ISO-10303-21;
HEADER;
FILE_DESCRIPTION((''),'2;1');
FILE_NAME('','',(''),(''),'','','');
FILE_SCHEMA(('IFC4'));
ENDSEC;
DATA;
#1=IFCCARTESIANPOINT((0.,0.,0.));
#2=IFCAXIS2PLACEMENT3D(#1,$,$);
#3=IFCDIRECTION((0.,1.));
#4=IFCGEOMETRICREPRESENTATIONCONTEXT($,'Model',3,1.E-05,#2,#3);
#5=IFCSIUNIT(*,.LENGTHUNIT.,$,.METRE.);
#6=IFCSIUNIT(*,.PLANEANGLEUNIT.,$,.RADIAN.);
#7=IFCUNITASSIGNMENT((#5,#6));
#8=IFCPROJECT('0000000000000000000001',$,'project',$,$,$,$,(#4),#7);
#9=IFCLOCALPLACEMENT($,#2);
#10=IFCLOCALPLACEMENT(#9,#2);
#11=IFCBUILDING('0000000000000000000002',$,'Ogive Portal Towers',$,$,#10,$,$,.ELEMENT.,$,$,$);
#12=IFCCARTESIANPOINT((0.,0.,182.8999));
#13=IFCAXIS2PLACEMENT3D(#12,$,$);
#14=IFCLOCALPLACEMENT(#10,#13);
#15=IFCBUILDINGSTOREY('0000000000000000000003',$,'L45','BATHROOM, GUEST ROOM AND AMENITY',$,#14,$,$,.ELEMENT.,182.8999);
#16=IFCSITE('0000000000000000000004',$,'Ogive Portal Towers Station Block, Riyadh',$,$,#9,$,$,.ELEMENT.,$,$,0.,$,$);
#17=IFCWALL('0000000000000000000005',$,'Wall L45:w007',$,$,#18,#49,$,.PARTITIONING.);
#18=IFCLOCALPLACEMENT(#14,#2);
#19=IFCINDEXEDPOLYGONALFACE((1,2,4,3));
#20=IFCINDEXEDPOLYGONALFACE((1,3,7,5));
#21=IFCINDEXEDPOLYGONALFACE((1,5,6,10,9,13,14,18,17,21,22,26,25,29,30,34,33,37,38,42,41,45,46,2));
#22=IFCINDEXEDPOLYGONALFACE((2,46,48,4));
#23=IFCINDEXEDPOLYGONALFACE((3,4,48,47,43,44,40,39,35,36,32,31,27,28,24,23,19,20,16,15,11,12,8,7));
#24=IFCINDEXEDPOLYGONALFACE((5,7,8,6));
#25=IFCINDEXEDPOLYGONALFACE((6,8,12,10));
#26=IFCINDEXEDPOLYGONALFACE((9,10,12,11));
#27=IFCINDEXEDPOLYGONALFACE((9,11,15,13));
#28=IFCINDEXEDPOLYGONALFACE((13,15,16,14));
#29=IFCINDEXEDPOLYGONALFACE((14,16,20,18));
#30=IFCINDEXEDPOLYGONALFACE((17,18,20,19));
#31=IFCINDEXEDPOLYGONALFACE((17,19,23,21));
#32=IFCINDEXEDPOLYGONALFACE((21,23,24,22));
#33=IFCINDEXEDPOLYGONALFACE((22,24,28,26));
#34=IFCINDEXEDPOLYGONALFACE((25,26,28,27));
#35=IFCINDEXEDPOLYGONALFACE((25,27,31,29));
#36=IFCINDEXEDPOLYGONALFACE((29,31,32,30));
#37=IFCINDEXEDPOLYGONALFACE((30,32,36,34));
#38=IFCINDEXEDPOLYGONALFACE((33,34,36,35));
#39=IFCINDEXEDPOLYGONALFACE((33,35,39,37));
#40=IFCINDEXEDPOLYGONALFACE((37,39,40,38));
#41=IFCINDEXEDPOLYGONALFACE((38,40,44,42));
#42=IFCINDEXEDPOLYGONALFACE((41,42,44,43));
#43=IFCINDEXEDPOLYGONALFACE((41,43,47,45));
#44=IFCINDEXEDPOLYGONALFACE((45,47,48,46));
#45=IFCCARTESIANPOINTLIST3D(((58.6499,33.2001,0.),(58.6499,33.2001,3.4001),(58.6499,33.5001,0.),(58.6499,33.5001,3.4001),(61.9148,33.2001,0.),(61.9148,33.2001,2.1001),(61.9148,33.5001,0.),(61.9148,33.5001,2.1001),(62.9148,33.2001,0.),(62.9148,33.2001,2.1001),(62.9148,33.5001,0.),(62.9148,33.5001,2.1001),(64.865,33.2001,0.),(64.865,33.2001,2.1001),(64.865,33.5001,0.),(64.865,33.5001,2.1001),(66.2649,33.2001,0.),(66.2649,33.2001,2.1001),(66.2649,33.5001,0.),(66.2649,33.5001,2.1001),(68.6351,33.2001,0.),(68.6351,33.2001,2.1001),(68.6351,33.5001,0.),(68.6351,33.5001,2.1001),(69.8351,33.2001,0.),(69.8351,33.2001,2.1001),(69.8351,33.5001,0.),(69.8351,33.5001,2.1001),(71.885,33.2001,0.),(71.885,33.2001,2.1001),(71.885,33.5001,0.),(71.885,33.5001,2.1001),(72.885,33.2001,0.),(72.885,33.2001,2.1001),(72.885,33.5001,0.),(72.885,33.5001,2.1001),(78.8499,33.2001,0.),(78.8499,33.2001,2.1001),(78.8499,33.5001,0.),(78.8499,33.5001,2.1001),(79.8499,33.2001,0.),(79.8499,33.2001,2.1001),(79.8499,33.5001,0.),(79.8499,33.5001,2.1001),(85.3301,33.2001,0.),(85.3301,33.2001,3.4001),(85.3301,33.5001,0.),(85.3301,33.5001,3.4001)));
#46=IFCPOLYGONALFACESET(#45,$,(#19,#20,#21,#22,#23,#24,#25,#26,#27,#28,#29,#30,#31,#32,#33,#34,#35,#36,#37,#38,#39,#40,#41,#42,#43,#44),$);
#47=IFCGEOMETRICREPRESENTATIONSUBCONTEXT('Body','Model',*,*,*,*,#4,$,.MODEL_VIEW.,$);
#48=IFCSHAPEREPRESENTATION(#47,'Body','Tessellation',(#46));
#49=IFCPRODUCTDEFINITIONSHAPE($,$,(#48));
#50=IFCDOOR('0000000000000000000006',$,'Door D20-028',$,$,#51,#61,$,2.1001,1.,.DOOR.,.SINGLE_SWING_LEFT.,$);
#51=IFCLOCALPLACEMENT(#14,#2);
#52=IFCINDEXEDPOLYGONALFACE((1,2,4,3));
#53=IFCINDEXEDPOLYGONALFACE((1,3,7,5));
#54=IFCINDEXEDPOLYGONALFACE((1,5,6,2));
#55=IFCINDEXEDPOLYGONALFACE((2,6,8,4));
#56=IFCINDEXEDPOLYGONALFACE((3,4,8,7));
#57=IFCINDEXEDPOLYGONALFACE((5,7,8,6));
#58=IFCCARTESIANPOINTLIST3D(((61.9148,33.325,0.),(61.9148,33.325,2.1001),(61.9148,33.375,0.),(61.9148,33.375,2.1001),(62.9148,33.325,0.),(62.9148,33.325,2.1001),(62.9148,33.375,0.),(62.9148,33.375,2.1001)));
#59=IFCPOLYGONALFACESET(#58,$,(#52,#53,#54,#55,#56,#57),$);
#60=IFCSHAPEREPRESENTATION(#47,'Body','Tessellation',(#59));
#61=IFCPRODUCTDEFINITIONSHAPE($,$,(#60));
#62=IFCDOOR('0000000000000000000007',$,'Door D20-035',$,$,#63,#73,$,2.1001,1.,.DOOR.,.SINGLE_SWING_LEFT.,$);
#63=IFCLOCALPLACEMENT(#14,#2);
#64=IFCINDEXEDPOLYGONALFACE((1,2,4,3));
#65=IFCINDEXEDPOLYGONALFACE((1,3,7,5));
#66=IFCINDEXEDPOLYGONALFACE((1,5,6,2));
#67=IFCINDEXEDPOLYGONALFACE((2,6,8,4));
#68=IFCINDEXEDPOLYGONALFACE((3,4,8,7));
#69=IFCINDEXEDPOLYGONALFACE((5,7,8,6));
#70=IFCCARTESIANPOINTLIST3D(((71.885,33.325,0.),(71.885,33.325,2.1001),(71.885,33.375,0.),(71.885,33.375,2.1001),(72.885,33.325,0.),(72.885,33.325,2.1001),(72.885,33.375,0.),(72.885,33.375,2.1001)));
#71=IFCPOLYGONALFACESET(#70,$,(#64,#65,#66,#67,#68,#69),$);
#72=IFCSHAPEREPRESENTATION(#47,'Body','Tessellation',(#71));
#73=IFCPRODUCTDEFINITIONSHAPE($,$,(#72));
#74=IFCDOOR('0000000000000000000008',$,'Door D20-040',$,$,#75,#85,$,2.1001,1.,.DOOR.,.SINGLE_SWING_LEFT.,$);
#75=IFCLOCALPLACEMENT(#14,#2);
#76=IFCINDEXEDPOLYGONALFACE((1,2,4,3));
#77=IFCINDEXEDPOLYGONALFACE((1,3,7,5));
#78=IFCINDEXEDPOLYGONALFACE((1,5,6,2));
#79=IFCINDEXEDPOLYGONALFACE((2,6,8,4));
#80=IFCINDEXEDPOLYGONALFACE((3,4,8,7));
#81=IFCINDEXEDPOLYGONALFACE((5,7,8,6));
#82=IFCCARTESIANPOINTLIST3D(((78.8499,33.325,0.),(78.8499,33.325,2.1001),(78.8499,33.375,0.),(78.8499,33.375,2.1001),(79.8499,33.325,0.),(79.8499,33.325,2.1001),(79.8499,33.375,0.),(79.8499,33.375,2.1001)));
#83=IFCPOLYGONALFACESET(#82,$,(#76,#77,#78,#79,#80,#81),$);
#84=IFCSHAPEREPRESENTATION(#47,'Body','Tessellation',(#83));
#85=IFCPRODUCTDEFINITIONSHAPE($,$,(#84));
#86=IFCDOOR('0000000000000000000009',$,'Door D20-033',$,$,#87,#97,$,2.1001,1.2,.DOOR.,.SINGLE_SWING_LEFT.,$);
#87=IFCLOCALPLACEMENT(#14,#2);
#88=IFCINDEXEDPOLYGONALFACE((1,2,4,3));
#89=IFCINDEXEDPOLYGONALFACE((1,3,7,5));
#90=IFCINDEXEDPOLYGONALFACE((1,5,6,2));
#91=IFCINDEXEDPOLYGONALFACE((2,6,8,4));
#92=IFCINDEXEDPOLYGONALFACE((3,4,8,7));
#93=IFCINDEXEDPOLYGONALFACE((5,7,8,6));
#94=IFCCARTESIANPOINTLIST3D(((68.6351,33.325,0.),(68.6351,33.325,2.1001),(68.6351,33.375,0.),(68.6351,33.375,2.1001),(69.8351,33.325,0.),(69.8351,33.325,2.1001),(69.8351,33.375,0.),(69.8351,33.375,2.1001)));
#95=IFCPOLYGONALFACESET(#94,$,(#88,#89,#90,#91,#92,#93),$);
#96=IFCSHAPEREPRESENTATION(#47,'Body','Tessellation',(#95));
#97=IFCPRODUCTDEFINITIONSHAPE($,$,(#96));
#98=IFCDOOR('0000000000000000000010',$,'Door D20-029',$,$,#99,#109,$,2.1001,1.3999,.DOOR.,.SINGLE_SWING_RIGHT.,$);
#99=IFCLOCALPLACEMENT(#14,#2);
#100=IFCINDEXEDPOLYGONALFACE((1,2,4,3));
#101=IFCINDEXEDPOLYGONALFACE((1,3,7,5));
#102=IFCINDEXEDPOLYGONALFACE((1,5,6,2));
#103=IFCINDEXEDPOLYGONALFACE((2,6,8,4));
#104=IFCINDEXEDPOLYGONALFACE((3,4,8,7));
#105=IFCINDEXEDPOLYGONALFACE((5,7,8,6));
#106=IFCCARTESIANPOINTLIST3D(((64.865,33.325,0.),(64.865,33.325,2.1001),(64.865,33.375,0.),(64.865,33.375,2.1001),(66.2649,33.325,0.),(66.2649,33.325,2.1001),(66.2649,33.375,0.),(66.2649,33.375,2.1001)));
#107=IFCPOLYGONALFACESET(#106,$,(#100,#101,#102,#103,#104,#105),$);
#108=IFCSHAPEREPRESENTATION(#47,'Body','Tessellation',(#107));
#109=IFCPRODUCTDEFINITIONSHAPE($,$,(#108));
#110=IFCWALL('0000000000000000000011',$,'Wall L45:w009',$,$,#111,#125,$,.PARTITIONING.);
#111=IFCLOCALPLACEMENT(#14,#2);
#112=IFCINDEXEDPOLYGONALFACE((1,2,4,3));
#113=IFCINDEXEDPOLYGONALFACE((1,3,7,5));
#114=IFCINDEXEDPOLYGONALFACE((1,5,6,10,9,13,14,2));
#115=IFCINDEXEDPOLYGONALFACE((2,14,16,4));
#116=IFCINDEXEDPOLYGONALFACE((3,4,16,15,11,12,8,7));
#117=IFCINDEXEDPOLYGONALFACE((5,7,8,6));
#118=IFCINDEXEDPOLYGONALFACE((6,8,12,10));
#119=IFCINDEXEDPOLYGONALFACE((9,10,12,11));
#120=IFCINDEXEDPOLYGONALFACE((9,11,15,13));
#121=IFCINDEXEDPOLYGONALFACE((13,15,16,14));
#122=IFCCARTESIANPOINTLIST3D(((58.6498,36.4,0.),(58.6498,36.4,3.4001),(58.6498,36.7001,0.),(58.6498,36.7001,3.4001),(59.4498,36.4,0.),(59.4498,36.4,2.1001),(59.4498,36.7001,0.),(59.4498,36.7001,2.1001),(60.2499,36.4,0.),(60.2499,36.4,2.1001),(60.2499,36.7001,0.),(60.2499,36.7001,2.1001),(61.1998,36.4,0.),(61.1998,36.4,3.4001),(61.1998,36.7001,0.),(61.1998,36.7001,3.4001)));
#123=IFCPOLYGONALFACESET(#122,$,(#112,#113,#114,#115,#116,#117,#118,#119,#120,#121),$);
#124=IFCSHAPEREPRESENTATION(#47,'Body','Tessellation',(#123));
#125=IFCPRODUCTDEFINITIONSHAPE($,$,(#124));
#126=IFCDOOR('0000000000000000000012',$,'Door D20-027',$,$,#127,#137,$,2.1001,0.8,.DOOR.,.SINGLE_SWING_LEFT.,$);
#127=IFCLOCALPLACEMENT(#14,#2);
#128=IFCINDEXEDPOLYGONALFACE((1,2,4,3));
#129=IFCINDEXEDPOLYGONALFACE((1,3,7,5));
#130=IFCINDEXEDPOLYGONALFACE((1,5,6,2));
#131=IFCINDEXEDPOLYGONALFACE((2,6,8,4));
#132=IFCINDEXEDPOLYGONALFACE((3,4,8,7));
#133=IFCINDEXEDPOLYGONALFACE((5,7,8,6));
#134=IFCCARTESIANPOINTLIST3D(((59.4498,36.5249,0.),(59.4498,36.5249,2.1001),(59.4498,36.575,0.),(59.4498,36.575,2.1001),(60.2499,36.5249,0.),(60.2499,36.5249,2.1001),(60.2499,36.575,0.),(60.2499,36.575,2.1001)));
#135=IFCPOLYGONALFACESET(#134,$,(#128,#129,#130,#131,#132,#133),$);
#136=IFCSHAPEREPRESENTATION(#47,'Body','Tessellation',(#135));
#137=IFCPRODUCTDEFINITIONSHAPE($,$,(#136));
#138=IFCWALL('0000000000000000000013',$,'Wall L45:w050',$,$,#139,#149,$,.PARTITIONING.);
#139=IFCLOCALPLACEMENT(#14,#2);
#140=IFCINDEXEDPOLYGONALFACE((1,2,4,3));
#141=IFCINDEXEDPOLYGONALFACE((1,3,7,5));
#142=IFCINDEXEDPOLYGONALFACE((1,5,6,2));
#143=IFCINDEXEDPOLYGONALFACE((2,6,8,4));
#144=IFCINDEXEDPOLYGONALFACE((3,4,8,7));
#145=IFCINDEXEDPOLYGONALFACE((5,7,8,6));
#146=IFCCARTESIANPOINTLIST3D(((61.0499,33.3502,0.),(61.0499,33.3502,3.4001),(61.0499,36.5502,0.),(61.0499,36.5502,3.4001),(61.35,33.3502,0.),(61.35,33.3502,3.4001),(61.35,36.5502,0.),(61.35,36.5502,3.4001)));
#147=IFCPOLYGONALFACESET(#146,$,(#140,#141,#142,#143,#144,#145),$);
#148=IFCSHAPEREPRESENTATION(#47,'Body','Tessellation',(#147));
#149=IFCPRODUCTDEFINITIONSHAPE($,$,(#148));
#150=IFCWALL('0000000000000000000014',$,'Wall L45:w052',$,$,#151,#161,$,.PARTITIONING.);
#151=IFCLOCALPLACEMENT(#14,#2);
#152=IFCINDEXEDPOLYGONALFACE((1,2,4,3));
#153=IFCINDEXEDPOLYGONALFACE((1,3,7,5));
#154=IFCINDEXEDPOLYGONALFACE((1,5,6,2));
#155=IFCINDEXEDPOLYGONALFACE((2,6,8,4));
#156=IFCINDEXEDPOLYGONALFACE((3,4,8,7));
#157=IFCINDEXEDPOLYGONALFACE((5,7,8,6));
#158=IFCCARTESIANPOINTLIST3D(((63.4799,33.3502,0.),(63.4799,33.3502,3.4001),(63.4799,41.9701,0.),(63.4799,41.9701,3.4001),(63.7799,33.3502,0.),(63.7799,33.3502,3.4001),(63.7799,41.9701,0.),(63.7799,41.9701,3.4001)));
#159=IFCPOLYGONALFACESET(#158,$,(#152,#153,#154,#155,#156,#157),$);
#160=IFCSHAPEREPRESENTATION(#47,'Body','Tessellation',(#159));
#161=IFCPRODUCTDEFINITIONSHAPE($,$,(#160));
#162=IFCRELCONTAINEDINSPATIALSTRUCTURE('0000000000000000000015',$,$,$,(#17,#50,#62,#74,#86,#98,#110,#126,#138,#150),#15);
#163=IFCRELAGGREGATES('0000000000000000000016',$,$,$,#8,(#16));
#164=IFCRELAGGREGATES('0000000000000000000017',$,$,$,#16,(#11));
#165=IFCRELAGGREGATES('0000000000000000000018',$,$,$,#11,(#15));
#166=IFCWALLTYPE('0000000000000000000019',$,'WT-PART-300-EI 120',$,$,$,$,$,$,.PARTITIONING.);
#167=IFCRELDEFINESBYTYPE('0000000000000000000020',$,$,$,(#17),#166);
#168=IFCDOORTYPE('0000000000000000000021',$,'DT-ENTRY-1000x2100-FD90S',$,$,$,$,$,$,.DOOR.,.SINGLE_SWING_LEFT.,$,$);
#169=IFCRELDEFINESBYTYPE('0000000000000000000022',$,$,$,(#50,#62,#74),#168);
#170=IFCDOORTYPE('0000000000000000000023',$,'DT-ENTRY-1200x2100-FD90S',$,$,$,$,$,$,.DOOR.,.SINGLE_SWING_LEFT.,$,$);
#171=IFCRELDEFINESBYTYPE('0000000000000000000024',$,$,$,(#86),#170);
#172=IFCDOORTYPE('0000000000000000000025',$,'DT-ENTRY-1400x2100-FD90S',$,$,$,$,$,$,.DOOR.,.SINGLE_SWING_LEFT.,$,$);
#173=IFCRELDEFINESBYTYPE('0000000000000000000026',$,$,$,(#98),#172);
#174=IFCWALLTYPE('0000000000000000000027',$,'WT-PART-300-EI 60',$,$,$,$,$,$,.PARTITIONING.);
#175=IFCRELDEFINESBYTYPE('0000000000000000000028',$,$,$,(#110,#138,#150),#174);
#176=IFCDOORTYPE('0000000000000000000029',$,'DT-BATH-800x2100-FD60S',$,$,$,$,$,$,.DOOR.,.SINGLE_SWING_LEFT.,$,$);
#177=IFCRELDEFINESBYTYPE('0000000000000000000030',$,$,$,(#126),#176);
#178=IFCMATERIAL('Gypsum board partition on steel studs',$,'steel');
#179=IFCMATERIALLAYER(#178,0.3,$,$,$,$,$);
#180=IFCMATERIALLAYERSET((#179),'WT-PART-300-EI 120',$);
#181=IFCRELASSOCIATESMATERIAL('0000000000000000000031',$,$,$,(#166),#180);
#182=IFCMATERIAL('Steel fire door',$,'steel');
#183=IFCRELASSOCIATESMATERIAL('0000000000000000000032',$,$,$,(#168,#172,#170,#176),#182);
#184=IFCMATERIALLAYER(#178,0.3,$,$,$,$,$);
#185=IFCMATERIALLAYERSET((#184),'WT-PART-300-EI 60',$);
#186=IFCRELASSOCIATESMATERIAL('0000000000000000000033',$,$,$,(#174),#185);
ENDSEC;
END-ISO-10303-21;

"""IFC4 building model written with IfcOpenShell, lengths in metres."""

from ifc_helpers import new_model, si_unit, direction, frame, frame_2d, origin, place, context, subcontext, project, spatial, rectangle, extrude, material, layer, layer_set, type_object, element, fill, save


model = new_model("IFC4")

# Units and contexts
model_context = context("Model", 3, precision=1e-05, world=origin(), true_north=direction((0.0, 1.0)))
body_context = subcontext(model_context, "Body", "Model", "MODEL_VIEW")
ifc_project = project(units=[si_unit("LENGTHUNIT", "METRE"), si_unit("PLANEANGLEUNIT", "RADIAN")], contexts=[model_context])

# Site, building, storey
site_placement = place(None, origin())
site = spatial("IfcSite", under=ifc_project, at=site_placement, Name="Ogive Portal Towers Station Block, Riyadh", CompositionType="ELEMENT", RefElevation=0.0)
building_placement = place(site_placement, origin())
building = spatial("IfcBuilding", under=site, at=building_placement, Name="Ogive Portal Towers", CompositionType="ELEMENT")
storey_placement = place(building_placement, frame((0.0, 0.0, 182.8999)))
storey = spatial("IfcBuildingStorey", under=building, at=storey_placement, Name="L45", Description="BATHROOM, GUEST ROOM AND AMENITY", CompositionType="ELEMENT", Elevation=182.8999)

# Wall, openings, doors
ifc_material_1 = material(Name="Gypsum board partition on steel studs", Category="steel")
ifc_layer_1 = layer(ifc_material_1, 0.3)
ifc_layer_set_1 = layer_set([ifc_layer_1], Name="WT-PART-300-EI 120")
wall_type_1 = type_object("IfcWallType", Name="WT-PART-300-EI 120", PredefinedType="PARTITIONING", material=ifc_layer_set_1)
ifc_material_2 = material(Name="Steel fire door", Category="steel")
door_type_1 = type_object("IfcDoorType", Name="DT-ENTRY-1000x2100-FD90S", OperationType="SINGLE_SWING_LEFT", PredefinedType="DOOR", material=ifc_material_2)
door_type_2 = type_object("IfcDoorType", Name="DT-ENTRY-1400x2100-FD90S", OperationType="SINGLE_SWING_LEFT", PredefinedType="DOOR", material=ifc_material_2)
wall_1_placement = place(storey_placement, frame((58.6499, 33.3501, 0.0), z_axis=(0.0, 0.0, 1.0), x_axis=(1.0, 0.0, 0.0)))
wall_1 = element("IfcWall", 1, at=wall_1_placement, inside=storey, type_object=wall_type_1, Name="Wall L45:w007", PredefinedType="PARTITIONING", context=body_context, shape_type="SweptSolid", body=[
    extrude(rectangle(XDim=26.6802, YDim=0.3, at=frame_2d((13.3401, 0.0))), origin(), (0.0, 0.0, 1.0), 3.4001),
])
opening_1_placement = place(wall_1_placement, frame((3.2649, 0.0, 0.0)))
opening_1 = element("IfcOpeningElement", 2, at=opening_1_placement, cuts=wall_1, PredefinedType="OPENING", context=body_context, shape_type="SweptSolid", body=[
    extrude(rectangle(XDim=1.0, YDim=2.1001, at=frame_2d((0.5, 1.05))), frame((0.0, 0.1602, 0.0), z_axis=(0.0, -1.0, 0.0), x_axis=(1.0, 0.0, 0.0)), (0.0, 0.0, 1.0), 0.3201),
])
opening_2_placement = place(wall_1_placement, frame((6.2151, 0.0, 0.0)))
opening_2 = element("IfcOpeningElement", 3, at=opening_2_placement, cuts=wall_1, PredefinedType="OPENING", context=body_context, shape_type="SweptSolid", body=[
    extrude(rectangle(XDim=1.3999, YDim=2.1001, at=frame_2d((0.7, 1.05))), frame((0.0, 0.1602, 0.0), z_axis=(0.0, -1.0, 0.0), x_axis=(1.0, 0.0, 0.0)), (0.0, 0.0, 1.0), 0.3201),
])
opening_3_placement = place(wall_1_placement, frame((9.9851, 0.0, 0.0)))
opening_3 = element("IfcOpeningElement", 4, at=opening_3_placement, cuts=wall_1, PredefinedType="OPENING", context=body_context, shape_type="SweptSolid", body=[
    extrude(rectangle(XDim=1.2, YDim=2.1001, at=frame_2d((0.6001, 1.05))), frame((0.0, 0.1602, 0.0), z_axis=(0.0, -1.0, 0.0), x_axis=(1.0, 0.0, 0.0)), (0.0, 0.0, 1.0), 0.3201),
])
opening_4_placement = place(wall_1_placement, frame((13.2351, 0.0, 0.0)))
opening_4 = element("IfcOpeningElement", 5, at=opening_4_placement, cuts=wall_1, PredefinedType="OPENING", context=body_context, shape_type="SweptSolid", body=[
    extrude(rectangle(XDim=1.0, YDim=2.1001, at=frame_2d((0.5, 1.05))), frame((0.0, 0.1602, 0.0), z_axis=(0.0, -1.0, 0.0), x_axis=(1.0, 0.0, 0.0)), (0.0, 0.0, 1.0), 0.3201),
])
opening_5_placement = place(wall_1_placement, frame((20.2, 0.0, 0.0)))
opening_5 = element("IfcOpeningElement", 6, at=opening_5_placement, cuts=wall_1, PredefinedType="OPENING", context=body_context, shape_type="SweptSolid", body=[
    extrude(rectangle(XDim=1.0, YDim=2.1001, at=frame_2d((0.5, 1.05))), frame((0.0, 0.1602, 0.0), z_axis=(0.0, -1.0, 0.0), x_axis=(1.0, 0.0, 0.0)), (0.0, 0.0, 1.0), 0.3201),
])
door_1_placement = place(opening_1_placement, origin())
door_1 = element("IfcDoor", 7, at=door_1_placement, inside=storey, type_object=door_type_1, Name="Door D20-028", OperationType="SINGLE_SWING_LEFT", OverallHeight=2.1001, OverallWidth=1.0, PredefinedType="DOOR", context=body_context, shape_type="SweptSolid", body=[
    extrude(rectangle(XDim=1.0, YDim=2.1001, at=frame_2d((0.5, 1.05))), frame((0.0, 0.0249, 0.0), z_axis=(0.0, -1.0, 0.0), x_axis=(1.0, 0.0, 0.0)), (0.0, 0.0, 1.0), 0.05),
])
fill(opening_1, door_1)
door_2_placement = place(opening_4_placement, origin())
door_2 = element("IfcDoor", 8, at=door_2_placement, inside=storey, type_object=door_type_1, Name="Door D20-035", OperationType="SINGLE_SWING_LEFT", OverallHeight=2.1001, OverallWidth=1.0, PredefinedType="DOOR", context=body_context, shape_type="SweptSolid", body=[
    extrude(rectangle(XDim=1.0, YDim=2.1001, at=frame_2d((0.5, 1.05))), frame((0.0, 0.0249, 0.0), z_axis=(0.0, -1.0, 0.0), x_axis=(1.0, 0.0, 0.0)), (0.0, 0.0, 1.0), 0.05),
])
fill(opening_4, door_2)
door_3_placement = place(opening_5_placement, origin())
door_3 = element("IfcDoor", 9, at=door_3_placement, inside=storey, type_object=door_type_1, Name="Door D20-040", OperationType="SINGLE_SWING_LEFT", OverallHeight=2.1001, OverallWidth=1.0, PredefinedType="DOOR", context=body_context, shape_type="SweptSolid", body=[
    extrude(rectangle(XDim=1.0, YDim=2.1001, at=frame_2d((0.5, 1.05))), frame((0.0, 0.0249, 0.0), z_axis=(0.0, -1.0, 0.0), x_axis=(1.0, 0.0, 0.0)), (0.0, 0.0, 1.0), 0.05),
])
fill(opening_5, door_3)
door_type_3 = type_object("IfcDoorType", Name="DT-ENTRY-1200x2100-FD90S", OperationType="SINGLE_SWING_LEFT", PredefinedType="DOOR", material=ifc_material_2)
door_4_placement = place(opening_3_placement, origin())
door_4 = element("IfcDoor", 10, at=door_4_placement, inside=storey, type_object=door_type_3, Name="Door D20-033", OperationType="SINGLE_SWING_LEFT", OverallHeight=2.1001, OverallWidth=1.2, PredefinedType="DOOR", context=body_context, shape_type="SweptSolid", body=[
    extrude(rectangle(XDim=1.2, YDim=2.1001, at=frame_2d((0.6001, 1.05))), frame((0.0, 0.0249, 0.0), z_axis=(0.0, -1.0, 0.0), x_axis=(1.0, 0.0, 0.0)), (0.0, 0.0, 1.0), 0.05),
])
fill(opening_3, door_4)
door_5_placement = place(opening_2_placement, origin())
door_5 = element("IfcDoor", 11, at=door_5_placement, inside=storey, type_object=door_type_2, Name="Door D20-029", OperationType="SINGLE_SWING_RIGHT", OverallHeight=2.1001, OverallWidth=1.3999, PredefinedType="DOOR", context=body_context, shape_type="SweptSolid", body=[
    extrude(rectangle(XDim=1.3999, YDim=2.1001, at=frame_2d((0.7, 1.05))), frame((0.0, 0.0249, 0.0), z_axis=(0.0, -1.0, 0.0), x_axis=(1.0, 0.0, 0.0)), (0.0, 0.0, 1.0), 0.05),
])
fill(opening_2, door_5)

# Wall, opening, door
ifc_layer_2 = layer(ifc_material_1, 0.3)
ifc_layer_set_2 = layer_set([ifc_layer_2], Name="WT-PART-300-EI 60")
wall_type_2 = type_object("IfcWallType", Name="WT-PART-300-EI 60", PredefinedType="PARTITIONING", material=ifc_layer_set_2)
wall_2_placement = place(storey_placement, frame((58.6499, 36.55, 0.0), z_axis=(0.0, 0.0, 1.0), x_axis=(1.0, 0.0, 0.0)))
wall_2 = element("IfcWall", 12, at=wall_2_placement, inside=storey, type_object=wall_type_2, Name="Wall L45:w009", PredefinedType="PARTITIONING", context=body_context, shape_type="SweptSolid", body=[
    extrude(rectangle(XDim=2.55, YDim=0.3, at=frame_2d((1.2749, 0.0))), origin(), (0.0, 0.0, 1.0), 3.4001),
])
opening_6_placement = place(wall_2_placement, frame((0.8, 0.0, 0.0)))
opening_6 = element("IfcOpeningElement", 13, at=opening_6_placement, cuts=wall_2, PredefinedType="OPENING", context=body_context, shape_type="SweptSolid", body=[
    extrude(rectangle(XDim=0.8, YDim=2.1001, at=frame_2d((0.3999, 1.05))), frame((0.0, 0.1602, 0.0), z_axis=(0.0, -1.0, 0.0), x_axis=(1.0, 0.0, 0.0)), (0.0, 0.0, 1.0), 0.3201),
])
door_type_4 = type_object("IfcDoorType", Name="DT-BATH-800x2100-FD60S", OperationType="SINGLE_SWING_LEFT", PredefinedType="DOOR", material=ifc_material_2)
door_6_placement = place(opening_6_placement, origin())
door_6 = element("IfcDoor", 14, at=door_6_placement, inside=storey, type_object=door_type_4, Name="Door D20-027", OperationType="SINGLE_SWING_LEFT", OverallHeight=2.1001, OverallWidth=0.8, PredefinedType="DOOR", context=body_context, shape_type="SweptSolid", body=[
    extrude(rectangle(XDim=0.8, YDim=2.1001, at=frame_2d((0.3999, 1.05))), frame((0.0, 0.0249, 0.0), z_axis=(0.0, -1.0, 0.0), x_axis=(1.0, 0.0, 0.0)), (0.0, 0.0, 1.0), 0.05),
])
fill(opening_6, door_6)

# Walls
wall_3_placement = place(storey_placement, frame((61.2, 33.3501, 0.0), z_axis=(0.0, 0.0, 1.0), x_axis=(0.0, 1.0, 0.0)))
element("IfcWall", 15, at=wall_3_placement, inside=storey, type_object=wall_type_2, Name="Wall L45:w050", PredefinedType="PARTITIONING", context=body_context, shape_type="SweptSolid", body=[
    extrude(rectangle(XDim=3.2, YDim=0.3, at=frame_2d((1.6001, 0.0))), origin(), (0.0, 0.0, 1.0), 3.4001),
])
wall_4_placement = place(storey_placement, frame((63.6299, 33.3501, 0.0), z_axis=(0.0, 0.0, 1.0), x_axis=(0.0, 1.0, 0.0)))
element("IfcWall", 16, at=wall_4_placement, inside=storey, type_object=wall_type_2, Name="Wall L45:w052", PredefinedType="PARTITIONING", context=body_context, shape_type="SweptSolid", body=[
    extrude(rectangle(XDim=8.6199, YDim=0.3, at=frame_2d((4.3101, 0.0))), origin(), (0.0, 0.0, 1.0), 3.4001),
])

save(model, "model.ifc")
